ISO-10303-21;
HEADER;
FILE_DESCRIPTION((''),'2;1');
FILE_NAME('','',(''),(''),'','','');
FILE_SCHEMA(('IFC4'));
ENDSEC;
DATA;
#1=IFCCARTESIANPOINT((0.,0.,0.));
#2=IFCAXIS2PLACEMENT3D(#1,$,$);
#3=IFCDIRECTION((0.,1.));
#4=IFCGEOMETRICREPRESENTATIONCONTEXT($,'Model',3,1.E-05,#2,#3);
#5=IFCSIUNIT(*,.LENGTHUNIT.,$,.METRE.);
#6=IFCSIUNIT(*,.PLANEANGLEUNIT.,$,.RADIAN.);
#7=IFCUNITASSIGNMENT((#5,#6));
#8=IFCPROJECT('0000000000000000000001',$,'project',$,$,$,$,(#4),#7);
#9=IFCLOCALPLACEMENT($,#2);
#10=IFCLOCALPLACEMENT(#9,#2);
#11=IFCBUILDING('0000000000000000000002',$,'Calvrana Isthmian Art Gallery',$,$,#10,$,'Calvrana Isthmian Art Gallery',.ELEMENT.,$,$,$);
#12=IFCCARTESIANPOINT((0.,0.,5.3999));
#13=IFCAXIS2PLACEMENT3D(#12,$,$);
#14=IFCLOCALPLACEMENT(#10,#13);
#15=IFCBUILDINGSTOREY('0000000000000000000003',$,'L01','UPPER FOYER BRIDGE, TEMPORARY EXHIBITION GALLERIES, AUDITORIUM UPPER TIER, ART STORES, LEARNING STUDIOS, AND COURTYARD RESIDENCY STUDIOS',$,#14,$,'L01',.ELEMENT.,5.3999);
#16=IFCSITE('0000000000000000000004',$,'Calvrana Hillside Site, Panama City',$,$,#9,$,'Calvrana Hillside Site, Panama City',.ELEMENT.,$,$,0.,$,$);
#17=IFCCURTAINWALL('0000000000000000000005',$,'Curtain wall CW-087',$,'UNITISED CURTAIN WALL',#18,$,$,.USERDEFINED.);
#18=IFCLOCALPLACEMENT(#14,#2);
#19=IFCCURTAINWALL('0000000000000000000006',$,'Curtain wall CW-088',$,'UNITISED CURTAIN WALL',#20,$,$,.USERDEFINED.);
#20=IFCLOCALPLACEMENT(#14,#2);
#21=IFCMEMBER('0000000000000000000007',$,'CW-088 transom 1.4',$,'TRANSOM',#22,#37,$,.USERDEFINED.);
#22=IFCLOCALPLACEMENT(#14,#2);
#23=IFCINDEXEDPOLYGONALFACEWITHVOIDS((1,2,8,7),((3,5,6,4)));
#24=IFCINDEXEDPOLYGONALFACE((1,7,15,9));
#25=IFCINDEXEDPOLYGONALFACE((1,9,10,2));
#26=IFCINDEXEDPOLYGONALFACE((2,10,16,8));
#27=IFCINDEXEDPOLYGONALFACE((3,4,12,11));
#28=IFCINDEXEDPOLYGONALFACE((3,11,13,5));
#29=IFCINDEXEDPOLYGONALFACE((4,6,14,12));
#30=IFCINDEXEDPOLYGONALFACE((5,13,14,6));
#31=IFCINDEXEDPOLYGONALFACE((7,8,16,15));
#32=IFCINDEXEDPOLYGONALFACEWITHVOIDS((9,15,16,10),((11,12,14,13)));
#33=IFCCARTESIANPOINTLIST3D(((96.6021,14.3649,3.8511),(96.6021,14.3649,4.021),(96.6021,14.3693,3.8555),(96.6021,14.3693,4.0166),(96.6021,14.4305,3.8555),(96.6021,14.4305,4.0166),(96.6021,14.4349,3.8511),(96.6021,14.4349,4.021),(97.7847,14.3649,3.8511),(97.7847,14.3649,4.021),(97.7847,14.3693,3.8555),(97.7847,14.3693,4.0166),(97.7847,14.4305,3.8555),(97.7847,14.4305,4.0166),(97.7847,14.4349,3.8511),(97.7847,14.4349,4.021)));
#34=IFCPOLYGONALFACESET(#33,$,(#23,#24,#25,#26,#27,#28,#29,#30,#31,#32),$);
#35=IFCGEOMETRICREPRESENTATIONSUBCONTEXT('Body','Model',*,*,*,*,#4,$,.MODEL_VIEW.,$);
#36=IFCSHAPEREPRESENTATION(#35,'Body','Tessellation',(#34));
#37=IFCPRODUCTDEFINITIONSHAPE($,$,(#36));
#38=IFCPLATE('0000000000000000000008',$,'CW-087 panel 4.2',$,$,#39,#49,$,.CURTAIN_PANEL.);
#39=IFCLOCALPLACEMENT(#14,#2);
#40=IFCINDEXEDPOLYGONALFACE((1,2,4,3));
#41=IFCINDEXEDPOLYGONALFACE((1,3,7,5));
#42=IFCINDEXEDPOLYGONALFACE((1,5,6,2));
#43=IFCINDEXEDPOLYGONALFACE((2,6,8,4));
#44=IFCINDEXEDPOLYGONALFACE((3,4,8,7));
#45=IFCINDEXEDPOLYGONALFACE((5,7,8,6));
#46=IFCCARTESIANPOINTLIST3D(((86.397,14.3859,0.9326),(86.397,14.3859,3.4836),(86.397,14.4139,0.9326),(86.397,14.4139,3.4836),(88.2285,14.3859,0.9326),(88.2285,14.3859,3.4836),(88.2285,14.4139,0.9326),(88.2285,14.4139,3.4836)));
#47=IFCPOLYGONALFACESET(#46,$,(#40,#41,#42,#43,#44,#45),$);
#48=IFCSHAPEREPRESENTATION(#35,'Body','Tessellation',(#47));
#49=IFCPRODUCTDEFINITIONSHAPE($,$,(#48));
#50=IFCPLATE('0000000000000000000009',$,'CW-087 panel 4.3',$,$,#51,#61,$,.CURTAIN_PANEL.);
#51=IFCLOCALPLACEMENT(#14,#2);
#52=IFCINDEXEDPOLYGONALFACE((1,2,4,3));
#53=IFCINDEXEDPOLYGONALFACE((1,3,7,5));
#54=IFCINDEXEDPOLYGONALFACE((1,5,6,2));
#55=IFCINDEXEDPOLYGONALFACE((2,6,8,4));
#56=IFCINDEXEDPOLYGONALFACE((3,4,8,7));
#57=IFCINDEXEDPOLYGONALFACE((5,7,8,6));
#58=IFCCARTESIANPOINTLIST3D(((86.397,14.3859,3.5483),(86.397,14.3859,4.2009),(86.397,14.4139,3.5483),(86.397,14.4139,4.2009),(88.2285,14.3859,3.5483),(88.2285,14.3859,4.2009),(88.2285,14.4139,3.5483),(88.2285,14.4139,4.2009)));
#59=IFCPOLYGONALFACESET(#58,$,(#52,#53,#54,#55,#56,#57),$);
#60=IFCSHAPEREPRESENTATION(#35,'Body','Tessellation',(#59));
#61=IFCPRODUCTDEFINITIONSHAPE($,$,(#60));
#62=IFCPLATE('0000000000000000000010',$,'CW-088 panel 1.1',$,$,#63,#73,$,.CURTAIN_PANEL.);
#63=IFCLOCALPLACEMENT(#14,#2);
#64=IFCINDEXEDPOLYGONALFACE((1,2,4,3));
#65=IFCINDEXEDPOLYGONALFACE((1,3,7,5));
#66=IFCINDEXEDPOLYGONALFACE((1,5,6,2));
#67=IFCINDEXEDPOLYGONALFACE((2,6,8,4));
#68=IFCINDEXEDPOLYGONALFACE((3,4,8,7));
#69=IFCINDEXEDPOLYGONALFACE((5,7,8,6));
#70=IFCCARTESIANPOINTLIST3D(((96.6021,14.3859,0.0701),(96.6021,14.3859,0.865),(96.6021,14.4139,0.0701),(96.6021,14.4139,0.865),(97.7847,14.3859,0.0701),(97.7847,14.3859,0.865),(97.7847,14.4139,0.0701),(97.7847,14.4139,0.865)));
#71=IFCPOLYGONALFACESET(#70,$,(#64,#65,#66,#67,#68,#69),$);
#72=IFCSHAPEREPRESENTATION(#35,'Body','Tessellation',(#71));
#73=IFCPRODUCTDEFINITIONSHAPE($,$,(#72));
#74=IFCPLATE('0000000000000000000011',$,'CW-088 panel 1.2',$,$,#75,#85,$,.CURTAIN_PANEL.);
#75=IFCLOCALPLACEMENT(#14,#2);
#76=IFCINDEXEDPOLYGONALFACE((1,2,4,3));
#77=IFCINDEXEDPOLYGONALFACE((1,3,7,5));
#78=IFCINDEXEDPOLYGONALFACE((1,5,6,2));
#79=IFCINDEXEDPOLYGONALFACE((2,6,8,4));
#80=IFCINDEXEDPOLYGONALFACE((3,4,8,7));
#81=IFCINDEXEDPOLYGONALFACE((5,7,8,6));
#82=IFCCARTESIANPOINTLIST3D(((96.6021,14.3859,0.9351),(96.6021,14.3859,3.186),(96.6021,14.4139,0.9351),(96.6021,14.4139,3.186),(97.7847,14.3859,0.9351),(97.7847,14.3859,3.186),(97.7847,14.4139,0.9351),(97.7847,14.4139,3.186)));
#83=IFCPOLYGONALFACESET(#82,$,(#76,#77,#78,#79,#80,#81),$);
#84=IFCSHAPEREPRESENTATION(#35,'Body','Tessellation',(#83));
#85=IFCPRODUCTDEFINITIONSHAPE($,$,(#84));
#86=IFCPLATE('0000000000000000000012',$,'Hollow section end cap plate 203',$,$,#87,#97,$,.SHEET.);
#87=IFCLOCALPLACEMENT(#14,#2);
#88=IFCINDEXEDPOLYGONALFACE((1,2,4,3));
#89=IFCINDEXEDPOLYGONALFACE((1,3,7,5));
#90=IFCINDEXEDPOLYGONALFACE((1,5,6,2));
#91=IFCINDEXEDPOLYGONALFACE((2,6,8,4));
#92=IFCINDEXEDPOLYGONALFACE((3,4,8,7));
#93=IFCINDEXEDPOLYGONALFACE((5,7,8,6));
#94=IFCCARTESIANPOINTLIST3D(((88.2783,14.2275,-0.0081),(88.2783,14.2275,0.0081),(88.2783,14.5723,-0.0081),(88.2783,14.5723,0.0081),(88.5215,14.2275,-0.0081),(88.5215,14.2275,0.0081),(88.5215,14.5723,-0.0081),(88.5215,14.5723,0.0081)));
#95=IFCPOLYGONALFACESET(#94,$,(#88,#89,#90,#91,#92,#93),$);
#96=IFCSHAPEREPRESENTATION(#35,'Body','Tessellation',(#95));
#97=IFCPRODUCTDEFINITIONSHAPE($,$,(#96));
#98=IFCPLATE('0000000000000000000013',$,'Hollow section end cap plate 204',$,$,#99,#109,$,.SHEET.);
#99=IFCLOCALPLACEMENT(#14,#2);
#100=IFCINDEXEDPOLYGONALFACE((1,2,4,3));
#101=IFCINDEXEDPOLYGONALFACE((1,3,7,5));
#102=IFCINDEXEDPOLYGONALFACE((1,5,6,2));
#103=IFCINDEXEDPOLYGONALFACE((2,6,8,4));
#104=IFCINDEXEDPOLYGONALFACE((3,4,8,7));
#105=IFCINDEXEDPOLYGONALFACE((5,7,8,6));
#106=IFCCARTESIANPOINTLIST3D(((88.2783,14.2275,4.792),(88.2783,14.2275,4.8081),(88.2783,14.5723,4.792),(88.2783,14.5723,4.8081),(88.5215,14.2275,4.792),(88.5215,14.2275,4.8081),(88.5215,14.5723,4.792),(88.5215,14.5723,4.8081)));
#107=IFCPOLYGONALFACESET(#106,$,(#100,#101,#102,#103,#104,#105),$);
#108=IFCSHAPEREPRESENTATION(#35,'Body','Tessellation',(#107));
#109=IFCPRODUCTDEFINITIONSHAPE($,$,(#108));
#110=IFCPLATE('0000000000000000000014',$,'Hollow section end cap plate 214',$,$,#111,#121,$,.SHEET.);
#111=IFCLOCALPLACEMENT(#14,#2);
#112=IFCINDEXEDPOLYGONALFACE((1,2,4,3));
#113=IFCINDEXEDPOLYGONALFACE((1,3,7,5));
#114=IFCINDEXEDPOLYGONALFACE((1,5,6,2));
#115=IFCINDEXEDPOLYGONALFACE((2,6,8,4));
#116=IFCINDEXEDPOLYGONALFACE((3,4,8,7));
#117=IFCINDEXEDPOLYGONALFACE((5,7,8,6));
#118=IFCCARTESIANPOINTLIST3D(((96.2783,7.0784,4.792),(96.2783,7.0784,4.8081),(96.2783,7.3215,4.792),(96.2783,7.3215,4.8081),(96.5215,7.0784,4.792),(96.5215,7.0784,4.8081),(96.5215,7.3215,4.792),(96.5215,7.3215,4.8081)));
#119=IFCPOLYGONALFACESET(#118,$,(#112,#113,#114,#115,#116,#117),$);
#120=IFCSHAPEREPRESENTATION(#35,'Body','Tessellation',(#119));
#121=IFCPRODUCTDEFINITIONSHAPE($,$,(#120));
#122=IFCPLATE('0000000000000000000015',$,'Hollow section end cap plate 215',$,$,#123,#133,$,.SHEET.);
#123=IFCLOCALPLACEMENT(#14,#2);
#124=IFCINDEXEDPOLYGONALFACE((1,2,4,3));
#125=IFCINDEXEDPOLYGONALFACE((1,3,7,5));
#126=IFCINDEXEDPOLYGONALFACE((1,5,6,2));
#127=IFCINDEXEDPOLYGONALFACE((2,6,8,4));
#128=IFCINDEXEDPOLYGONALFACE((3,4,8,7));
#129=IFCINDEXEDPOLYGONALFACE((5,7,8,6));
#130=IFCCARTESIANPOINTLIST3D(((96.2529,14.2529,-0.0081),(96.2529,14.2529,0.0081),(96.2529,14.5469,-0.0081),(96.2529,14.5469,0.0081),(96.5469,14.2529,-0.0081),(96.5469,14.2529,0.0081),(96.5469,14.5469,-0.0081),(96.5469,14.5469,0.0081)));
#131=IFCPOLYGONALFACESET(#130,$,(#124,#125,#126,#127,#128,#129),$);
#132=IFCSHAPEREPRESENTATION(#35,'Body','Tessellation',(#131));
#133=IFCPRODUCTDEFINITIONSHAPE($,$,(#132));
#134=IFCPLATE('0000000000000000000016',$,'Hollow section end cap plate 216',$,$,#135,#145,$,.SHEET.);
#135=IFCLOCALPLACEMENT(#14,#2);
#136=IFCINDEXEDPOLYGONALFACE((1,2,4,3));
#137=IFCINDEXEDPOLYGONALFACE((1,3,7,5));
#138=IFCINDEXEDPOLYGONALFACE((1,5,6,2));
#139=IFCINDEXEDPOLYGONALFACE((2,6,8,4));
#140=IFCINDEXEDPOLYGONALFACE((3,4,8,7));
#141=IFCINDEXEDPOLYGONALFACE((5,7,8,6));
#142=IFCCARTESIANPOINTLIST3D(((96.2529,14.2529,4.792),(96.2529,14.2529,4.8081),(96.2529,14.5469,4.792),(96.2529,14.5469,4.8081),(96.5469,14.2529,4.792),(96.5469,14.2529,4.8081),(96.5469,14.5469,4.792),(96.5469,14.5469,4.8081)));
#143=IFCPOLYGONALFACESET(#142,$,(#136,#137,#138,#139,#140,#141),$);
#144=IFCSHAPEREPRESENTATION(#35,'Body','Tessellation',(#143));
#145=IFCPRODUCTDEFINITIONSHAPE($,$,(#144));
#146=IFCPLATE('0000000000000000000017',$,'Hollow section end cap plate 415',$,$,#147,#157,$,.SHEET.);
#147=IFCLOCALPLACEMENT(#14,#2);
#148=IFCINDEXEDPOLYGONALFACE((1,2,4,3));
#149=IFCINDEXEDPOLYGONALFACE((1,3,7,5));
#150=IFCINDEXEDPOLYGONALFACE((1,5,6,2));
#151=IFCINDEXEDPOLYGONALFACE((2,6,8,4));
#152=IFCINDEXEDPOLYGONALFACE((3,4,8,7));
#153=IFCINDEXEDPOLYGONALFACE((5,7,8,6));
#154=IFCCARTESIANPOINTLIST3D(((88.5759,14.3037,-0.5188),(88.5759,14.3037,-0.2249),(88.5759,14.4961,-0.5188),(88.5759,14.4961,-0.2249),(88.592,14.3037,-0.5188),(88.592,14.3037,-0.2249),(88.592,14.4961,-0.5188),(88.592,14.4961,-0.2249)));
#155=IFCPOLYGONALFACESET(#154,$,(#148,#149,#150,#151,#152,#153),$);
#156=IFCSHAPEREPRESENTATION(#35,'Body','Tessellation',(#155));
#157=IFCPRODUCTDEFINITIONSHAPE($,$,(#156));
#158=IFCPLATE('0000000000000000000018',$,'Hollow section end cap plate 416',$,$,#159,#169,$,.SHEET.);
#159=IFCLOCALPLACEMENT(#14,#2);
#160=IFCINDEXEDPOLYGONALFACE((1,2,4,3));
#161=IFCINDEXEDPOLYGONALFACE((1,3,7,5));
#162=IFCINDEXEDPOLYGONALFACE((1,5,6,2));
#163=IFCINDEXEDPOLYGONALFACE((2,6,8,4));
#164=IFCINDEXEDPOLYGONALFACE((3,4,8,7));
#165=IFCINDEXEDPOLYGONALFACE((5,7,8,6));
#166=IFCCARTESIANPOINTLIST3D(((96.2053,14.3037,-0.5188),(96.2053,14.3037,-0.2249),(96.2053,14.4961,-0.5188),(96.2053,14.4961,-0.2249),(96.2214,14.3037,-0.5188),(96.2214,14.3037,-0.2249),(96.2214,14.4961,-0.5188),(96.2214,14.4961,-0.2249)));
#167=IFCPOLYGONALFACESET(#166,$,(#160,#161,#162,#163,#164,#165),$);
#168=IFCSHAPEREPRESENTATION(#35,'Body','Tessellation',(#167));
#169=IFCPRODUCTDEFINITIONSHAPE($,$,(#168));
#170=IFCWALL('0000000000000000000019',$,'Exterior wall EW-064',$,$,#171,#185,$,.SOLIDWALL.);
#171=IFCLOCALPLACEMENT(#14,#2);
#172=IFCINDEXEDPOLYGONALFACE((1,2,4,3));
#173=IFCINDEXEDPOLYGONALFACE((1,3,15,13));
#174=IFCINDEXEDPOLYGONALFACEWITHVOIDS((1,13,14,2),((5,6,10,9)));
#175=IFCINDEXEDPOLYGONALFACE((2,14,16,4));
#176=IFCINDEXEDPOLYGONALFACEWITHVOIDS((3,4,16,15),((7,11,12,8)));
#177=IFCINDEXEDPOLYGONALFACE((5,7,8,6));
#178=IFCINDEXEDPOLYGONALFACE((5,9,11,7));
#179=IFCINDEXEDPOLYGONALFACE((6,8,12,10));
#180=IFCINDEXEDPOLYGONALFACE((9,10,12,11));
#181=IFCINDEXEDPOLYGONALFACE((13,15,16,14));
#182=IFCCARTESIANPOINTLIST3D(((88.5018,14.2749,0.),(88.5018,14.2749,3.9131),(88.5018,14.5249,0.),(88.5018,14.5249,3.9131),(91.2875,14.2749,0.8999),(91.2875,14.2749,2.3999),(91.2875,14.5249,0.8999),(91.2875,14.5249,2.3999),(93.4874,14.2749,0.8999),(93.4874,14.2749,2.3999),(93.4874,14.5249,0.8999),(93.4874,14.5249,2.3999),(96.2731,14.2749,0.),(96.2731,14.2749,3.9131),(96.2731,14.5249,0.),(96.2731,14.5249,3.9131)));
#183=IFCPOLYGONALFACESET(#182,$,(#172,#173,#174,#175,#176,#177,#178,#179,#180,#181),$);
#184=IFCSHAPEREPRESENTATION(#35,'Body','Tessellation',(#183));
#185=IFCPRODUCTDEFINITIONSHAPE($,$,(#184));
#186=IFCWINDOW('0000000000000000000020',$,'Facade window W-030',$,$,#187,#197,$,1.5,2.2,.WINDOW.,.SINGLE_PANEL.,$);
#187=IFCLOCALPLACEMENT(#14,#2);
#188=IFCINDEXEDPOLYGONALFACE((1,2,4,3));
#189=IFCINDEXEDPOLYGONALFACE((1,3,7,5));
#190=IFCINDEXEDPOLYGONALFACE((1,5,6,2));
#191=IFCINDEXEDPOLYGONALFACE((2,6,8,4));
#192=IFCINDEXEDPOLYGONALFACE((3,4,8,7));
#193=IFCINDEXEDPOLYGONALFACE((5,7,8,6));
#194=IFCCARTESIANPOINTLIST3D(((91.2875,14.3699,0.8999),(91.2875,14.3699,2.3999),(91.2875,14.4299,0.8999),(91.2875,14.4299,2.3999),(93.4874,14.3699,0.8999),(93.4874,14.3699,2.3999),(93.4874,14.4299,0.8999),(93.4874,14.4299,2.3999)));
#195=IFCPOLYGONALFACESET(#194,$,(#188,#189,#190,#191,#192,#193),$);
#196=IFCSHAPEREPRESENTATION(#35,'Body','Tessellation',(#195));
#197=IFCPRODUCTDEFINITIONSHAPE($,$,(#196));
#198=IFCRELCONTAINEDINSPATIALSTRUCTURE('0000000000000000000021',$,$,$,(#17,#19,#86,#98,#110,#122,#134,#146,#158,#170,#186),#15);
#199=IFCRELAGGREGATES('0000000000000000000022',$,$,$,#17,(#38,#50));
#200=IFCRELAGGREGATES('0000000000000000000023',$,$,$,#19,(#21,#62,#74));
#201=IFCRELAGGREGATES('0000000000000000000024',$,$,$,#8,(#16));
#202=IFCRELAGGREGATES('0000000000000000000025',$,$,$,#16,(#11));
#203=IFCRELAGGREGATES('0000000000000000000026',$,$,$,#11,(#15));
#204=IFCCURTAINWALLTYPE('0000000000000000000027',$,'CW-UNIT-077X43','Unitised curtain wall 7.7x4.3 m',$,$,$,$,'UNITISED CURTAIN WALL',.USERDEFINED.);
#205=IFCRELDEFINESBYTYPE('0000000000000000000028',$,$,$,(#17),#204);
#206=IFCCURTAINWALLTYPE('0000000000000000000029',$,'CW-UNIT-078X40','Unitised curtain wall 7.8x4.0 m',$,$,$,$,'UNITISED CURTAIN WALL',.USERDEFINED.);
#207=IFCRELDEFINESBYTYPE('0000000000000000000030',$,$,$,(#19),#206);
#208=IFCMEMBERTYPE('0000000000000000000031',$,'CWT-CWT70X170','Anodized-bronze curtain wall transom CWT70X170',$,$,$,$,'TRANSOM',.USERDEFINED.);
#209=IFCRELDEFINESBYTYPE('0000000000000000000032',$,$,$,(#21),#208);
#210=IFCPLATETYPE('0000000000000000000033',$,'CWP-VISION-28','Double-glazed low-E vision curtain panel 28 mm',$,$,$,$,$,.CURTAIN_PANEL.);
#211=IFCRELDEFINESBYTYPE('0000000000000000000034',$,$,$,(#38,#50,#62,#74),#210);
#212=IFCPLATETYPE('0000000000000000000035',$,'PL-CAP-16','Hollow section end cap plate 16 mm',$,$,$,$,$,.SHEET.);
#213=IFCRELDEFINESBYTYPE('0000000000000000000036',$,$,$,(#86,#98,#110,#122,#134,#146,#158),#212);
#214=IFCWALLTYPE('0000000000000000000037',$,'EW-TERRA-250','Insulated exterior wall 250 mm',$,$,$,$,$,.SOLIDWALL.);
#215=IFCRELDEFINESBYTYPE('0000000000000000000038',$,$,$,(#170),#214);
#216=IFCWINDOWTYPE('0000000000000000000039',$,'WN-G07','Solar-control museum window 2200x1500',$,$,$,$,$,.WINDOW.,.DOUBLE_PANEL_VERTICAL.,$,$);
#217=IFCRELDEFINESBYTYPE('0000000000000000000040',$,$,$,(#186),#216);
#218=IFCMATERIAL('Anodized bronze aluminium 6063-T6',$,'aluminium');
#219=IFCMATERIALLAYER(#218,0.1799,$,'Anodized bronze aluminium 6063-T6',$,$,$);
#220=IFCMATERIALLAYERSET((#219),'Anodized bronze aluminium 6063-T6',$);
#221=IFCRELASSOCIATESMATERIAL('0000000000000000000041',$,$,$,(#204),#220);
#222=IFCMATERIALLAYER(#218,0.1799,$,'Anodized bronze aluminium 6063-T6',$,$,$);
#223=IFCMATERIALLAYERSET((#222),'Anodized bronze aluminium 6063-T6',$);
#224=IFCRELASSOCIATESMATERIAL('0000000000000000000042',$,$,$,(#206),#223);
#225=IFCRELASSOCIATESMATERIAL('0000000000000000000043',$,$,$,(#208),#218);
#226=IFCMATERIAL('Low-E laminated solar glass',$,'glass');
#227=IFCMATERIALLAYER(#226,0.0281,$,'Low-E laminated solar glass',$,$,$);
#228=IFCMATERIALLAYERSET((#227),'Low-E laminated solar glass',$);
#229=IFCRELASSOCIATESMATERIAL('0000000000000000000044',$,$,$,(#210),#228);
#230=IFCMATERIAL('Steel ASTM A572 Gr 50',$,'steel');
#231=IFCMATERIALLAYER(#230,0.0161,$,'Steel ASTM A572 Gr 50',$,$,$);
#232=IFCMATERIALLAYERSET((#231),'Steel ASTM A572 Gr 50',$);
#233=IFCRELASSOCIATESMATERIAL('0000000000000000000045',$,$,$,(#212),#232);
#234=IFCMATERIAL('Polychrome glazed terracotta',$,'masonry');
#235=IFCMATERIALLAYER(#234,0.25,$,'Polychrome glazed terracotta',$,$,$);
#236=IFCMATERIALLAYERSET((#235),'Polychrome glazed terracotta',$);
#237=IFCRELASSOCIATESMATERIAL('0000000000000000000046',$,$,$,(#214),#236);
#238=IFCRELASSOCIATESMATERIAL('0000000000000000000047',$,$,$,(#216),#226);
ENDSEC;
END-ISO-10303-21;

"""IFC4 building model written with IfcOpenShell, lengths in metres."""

from ifc_helpers import new_model, si_unit, direction, frame, frame_2d, origin, origin_2d, place, context, subcontext, project, spatial, rectangle, hollow_rectangle, extrude, material, layer, layer_set, material_profile, profile_set, type_object, element, fill, aggregate, save


model = new_model("IFC4")

# Units and contexts
model_context = context("Model", 3, precision=1e-05, world=origin(), true_north=direction((0.0, 1.0)))
body_context = subcontext(model_context, "Body", "Model", "MODEL_VIEW")
ifc_project = project(units=[si_unit("LENGTHUNIT", "METRE"), si_unit("PLANEANGLEUNIT", "RADIAN")], contexts=[model_context])

# Site, building, storey
site_placement = place(None, origin())
site = spatial("IfcSite", under=ifc_project, at=site_placement, Name="Calvrana Hillside Site, Panama City", LongName="Calvrana Hillside Site, Panama City", CompositionType="ELEMENT", RefElevation=0.0)
building_placement = place(site_placement, origin())
building = spatial("IfcBuilding", under=site, at=building_placement, Name="Calvrana Isthmian Art Gallery", LongName="Calvrana Isthmian Art Gallery", CompositionType="ELEMENT")
storey_placement = place(building_placement, frame((0.0, 0.0, 5.3999)))
storey = spatial("IfcBuildingStorey", under=building, at=storey_placement, Name="L01", Description="UPPER FOYER BRIDGE, TEMPORARY EXHIBITION GALLERIES, AUDITORIUM UPPER TIER, ART STORES, LEARNING STUDIOS, AND COURTYARD RESIDENCY STUDIOS", LongName="L01", CompositionType="ELEMENT", Elevation=5.3999)

# Curtain wall
ifc_material_1 = material(Name="Anodized bronze aluminium 6063-T6", Category="aluminium")
ifc_layer_1 = layer(ifc_material_1, 0.1799, Name="Anodized bronze aluminium 6063-T6")
ifc_layer_set_1 = layer_set([ifc_layer_1], Name="Anodized bronze aluminium 6063-T6")
curtain_wall_type_1 = type_object("IfcCurtainWallType", Name="CW-UNIT-077X43", Description="Unitised curtain wall 7.7x4.3 m", ElementType="UNITISED CURTAIN WALL", PredefinedType="USERDEFINED", material=ifc_layer_set_1)
curtain_wall_1_placement = place(storey_placement, origin())
curtain_wall_1 = element("IfcCurtainWall", 1, at=curtain_wall_1_placement, inside=storey, type_object=curtain_wall_type_1, Name="Curtain wall CW-087", ObjectType="UNITISED CURTAIN WALL", PredefinedType="USERDEFINED")

# Curtain wall, member
ifc_layer_2 = layer(ifc_material_1, 0.1799, Name="Anodized bronze aluminium 6063-T6")
ifc_layer_set_2 = layer_set([ifc_layer_2], Name="Anodized bronze aluminium 6063-T6")
curtain_wall_type_2 = type_object("IfcCurtainWallType", Name="CW-UNIT-078X40", Description="Unitised curtain wall 7.8x4.0 m", ElementType="UNITISED CURTAIN WALL", PredefinedType="USERDEFINED", material=ifc_layer_set_2)
curtain_wall_2_placement = place(storey_placement, origin())
curtain_wall_2 = element("IfcCurtainWall", 2, at=curtain_wall_2_placement, inside=storey, type_object=curtain_wall_type_2, Name="Curtain wall CW-088", ObjectType="UNITISED CURTAIN WALL", PredefinedType="USERDEFINED")
ifc_material_profile_1 = material_profile(ifc_material_1, hollow_rectangle(XDim=0.0701, YDim=0.1699, WallThickness=0.0044, at=origin_2d()), Name="CWT70X170")
ifc_profile_set_1 = profile_set([ifc_material_profile_1], Name="Anodized bronze aluminium 6063-T6")
member_type_1 = type_object("IfcMemberType", Name="CWT-CWT70X170", Description="Anodized-bronze curtain wall transom CWT70X170", ElementType="TRANSOM", PredefinedType="USERDEFINED", material=ifc_profile_set_1)
member_1_placement = place(storey_placement, frame((96.6021, 14.3999, 3.936), z_axis=(1.0, 0.0, 0.0), x_axis=(0.0, 1.0, 0.0)))
member_1 = element("IfcMember", 3, at=member_1_placement, type_object=member_type_1, Name="CW-088 transom 1.4", ObjectType="TRANSOM", PredefinedType="USERDEFINED", context=body_context, shape_type="SweptSolid", body=[
    extrude(hollow_rectangle(XDim=0.0701, YDim=0.1699, WallThickness=0.0044, at=origin_2d()), origin(), (0.0, 0.0, 1.0), 1.1826),
])

# Plates
ifc_material_2 = material(Name="Low-E laminated solar glass", Category="glass")
ifc_layer_3 = layer(ifc_material_2, 0.0281, Name="Low-E laminated solar glass")
ifc_layer_set_3 = layer_set([ifc_layer_3], Name="Low-E laminated solar glass")
plate_type_1 = type_object("IfcPlateType", Name="CWP-VISION-28", Description="Double-glazed low-E vision curtain panel 28 mm", PredefinedType="CURTAIN_PANEL", material=ifc_layer_set_3)
plate_1_placement = place(storey_placement, frame((87.3127, 14.3999, 0.9326), z_axis=(0.0, 0.0, 1.0), x_axis=(1.0, 0.0, 0.0)))
plate_1 = element("IfcPlate", 4, at=plate_1_placement, type_object=plate_type_1, Name="CW-087 panel 4.2", PredefinedType="CURTAIN_PANEL", context=body_context, shape_type="SweptSolid", body=[
    extrude(rectangle(XDim=1.8315, YDim=0.0281, at=origin_2d()), origin(), (0.0, 0.0, 1.0), 2.551),
])
plate_2_placement = place(storey_placement, frame((87.3127, 14.3999, 3.5483), z_axis=(0.0, 0.0, 1.0), x_axis=(1.0, 0.0, 0.0)))
plate_2 = element("IfcPlate", 5, at=plate_2_placement, type_object=plate_type_1, Name="CW-087 panel 4.3", PredefinedType="CURTAIN_PANEL", context=body_context, shape_type="SweptSolid", body=[
    extrude(rectangle(XDim=1.8315, YDim=0.0281, at=origin_2d()), origin(), (0.0, 0.0, 1.0), 0.6526),
])
aggregate(curtain_wall_1, [plate_1, plate_2])
plate_3_placement = place(storey_placement, frame((97.1934, 14.3999, 0.0701), z_axis=(0.0, 0.0, 1.0), x_axis=(1.0, 0.0, 0.0)))
plate_3 = element("IfcPlate", 6, at=plate_3_placement, type_object=plate_type_1, Name="CW-088 panel 1.1", PredefinedType="CURTAIN_PANEL", context=body_context, shape_type="SweptSolid", body=[
    extrude(rectangle(XDim=1.1826, YDim=0.0281, at=origin_2d()), origin(), (0.0, 0.0, 1.0), 0.7949),
])
plate_4_placement = place(storey_placement, frame((97.1934, 14.3999, 0.9351), z_axis=(0.0, 0.0, 1.0), x_axis=(1.0, 0.0, 0.0)))
plate_4 = element("IfcPlate", 7, at=plate_4_placement, type_object=plate_type_1, Name="CW-088 panel 1.2", PredefinedType="CURTAIN_PANEL", context=body_context, shape_type="SweptSolid", body=[
    extrude(rectangle(XDim=1.1826, YDim=0.0281, at=origin_2d()), origin(), (0.0, 0.0, 1.0), 2.251),
])
aggregate(curtain_wall_2, [member_1, plate_3, plate_4])

# Plates
ifc_material_3 = material(Name="Steel ASTM A572 Gr 50", Category="steel")
ifc_layer_4 = layer(ifc_material_3, 0.0161, Name="Steel ASTM A572 Gr 50")
ifc_layer_set_4 = layer_set([ifc_layer_4], Name="Steel ASTM A572 Gr 50")
plate_type_2 = type_object("IfcPlateType", Name="PL-CAP-16", Description="Hollow section end cap plate 16 mm", PredefinedType="SHEET", material=ifc_layer_set_4)
for number, where, z_axis, x_axis, name in (
    (8, (88.3999, 14.3999, -0.0081), (0.0, 0.0, 1.0), (1.0, 0.0, 0.0), "Hollow section end cap plate 203"),
    (9, (88.3999, 14.3999, 4.792), (0.0, 0.0, 1.0), (1.0, 0.0, 0.0), "Hollow section end cap plate 204"),
):
    element("IfcPlate", number, at=place(storey_placement, frame(where, z_axis=z_axis, x_axis=x_axis)), inside=storey, type_object=plate_type_2, Name=name, PredefinedType="SHEET", context=body_context, shape_type="SweptSolid", body=[
        extrude(rectangle(XDim=0.2432, YDim=0.3447, at=origin_2d()), origin(), (0.0, 0.0, 1.0), 0.0161),
    ])
plate_5_placement = place(storey_placement, frame((96.3999, 7.2, 4.792), z_axis=(0.0, 0.0, 1.0), x_axis=(1.0, 0.0, 0.0)))
element("IfcPlate", 10, at=plate_5_placement, inside=storey, type_object=plate_type_2, Name="Hollow section end cap plate 214", PredefinedType="SHEET", context=body_context, shape_type="SweptSolid", body=[
    extrude(rectangle(XDim=0.2432, YDim=0.2432, at=origin_2d()), origin(), (0.0, 0.0, 1.0), 0.0161),
])
for number, where, z_axis, x_axis, name in (
    (11, (96.3999, 14.3999, -0.0081), (0.0, 0.0, 1.0), (1.0, 0.0, 0.0), "Hollow section end cap plate 215"),
    (12, (96.3999, 14.3999, 4.792), (0.0, 0.0, 1.0), (1.0, 0.0, 0.0), "Hollow section end cap plate 216"),
):
    element("IfcPlate", number, at=place(storey_placement, frame(where, z_axis=z_axis, x_axis=x_axis)), inside=storey, type_object=plate_type_2, Name=name, PredefinedType="SHEET", context=body_context, shape_type="SweptSolid", body=[
        extrude(rectangle(XDim=0.2939, YDim=0.2939, at=origin_2d()), origin(), (0.0, 0.0, 1.0), 0.0161),
    ])
for number, where, z_axis, x_axis, name in (
    (13, (88.584, 14.3999, -0.5188), (0.0, 0.0, 1.0), (1.0, 0.0, 0.0), "Hollow section end cap plate 415"),
    (14, (96.2134, 14.3999, -0.5188), (0.0, 0.0, 1.0), (1.0, 0.0, 0.0), "Hollow section end cap plate 416"),
):
    element("IfcPlate", number, at=place(storey_placement, frame(where, z_axis=z_axis, x_axis=x_axis)), inside=storey, type_object=plate_type_2, Name=name, PredefinedType="SHEET", context=body_context, shape_type="SweptSolid", body=[
        extrude(rectangle(XDim=0.0161, YDim=0.1924, at=origin_2d()), origin(), (0.0, 0.0, 1.0), 0.2939),
    ])

# Wall, opening, window
ifc_material_4 = material(Name="Polychrome glazed terracotta", Category="masonry")
ifc_layer_5 = layer(ifc_material_4, 0.25, Name="Polychrome glazed terracotta")
ifc_layer_set_5 = layer_set([ifc_layer_5], Name="Polychrome glazed terracotta")
wall_type_1 = type_object("IfcWallType", Name="EW-TERRA-250", Description="Insulated exterior wall 250 mm", PredefinedType="SOLIDWALL", material=ifc_layer_set_5)
wall_1_placement = place(storey_placement, frame((88.5017, 14.3999, 0.0), z_axis=(0.0, 0.0, 1.0), x_axis=(1.0, 0.0, 0.0)))
wall_1 = element("IfcWall", 15, at=wall_1_placement, inside=storey, type_object=wall_type_1, Name="Exterior wall EW-064", PredefinedType="SOLIDWALL", context=body_context, shape_type="SweptSolid", body=[
    extrude(rectangle(XDim=7.7712, YDim=0.25, at=frame_2d((3.8857, 0.0))), origin(), (0.0, 0.0, 1.0), 3.9131),
])
opening_1_placement = place(wall_1_placement, frame((2.7856, 0.0, 0.8999)))
opening_1 = element("IfcOpeningElement", 16, at=opening_1_placement, cuts=wall_1, PredefinedType="OPENING", context=body_context, shape_type="SweptSolid", body=[
    extrude(rectangle(XDim=2.2, YDim=1.5, at=frame_2d((1.1001, 0.75))), frame((0.0, 0.1353, 0.0), z_axis=(0.0, -1.0, 0.0), x_axis=(1.0, 0.0, 0.0)), (0.0, 0.0, 1.0), 0.2705),
])
window_type = type_object("IfcWindowType", Name="WN-G07", Description="Solar-control museum window 2200x1500", PartitioningType="DOUBLE_PANEL_VERTICAL", PredefinedType="WINDOW", material=ifc_material_2)
window_placement = place(opening_1_placement, origin())
window = element("IfcWindow", 17, at=window_placement, inside=storey, type_object=window_type, Name="Facade window W-030", OverallHeight=1.5, OverallWidth=2.2, PartitioningType="SINGLE_PANEL", PredefinedType="WINDOW", context=body_context, shape_type="SweptSolid", body=[
    extrude(rectangle(XDim=2.2, YDim=1.5, at=frame_2d((1.1001, 0.75))), frame((0.0, 0.03, 0.0), z_axis=(0.0, -1.0, 0.0), x_axis=(1.0, 0.0, 0.0)), (0.0, 0.0, 1.0), 0.0601),
])
fill(opening_1, window)

save(model, "model.ifc")
